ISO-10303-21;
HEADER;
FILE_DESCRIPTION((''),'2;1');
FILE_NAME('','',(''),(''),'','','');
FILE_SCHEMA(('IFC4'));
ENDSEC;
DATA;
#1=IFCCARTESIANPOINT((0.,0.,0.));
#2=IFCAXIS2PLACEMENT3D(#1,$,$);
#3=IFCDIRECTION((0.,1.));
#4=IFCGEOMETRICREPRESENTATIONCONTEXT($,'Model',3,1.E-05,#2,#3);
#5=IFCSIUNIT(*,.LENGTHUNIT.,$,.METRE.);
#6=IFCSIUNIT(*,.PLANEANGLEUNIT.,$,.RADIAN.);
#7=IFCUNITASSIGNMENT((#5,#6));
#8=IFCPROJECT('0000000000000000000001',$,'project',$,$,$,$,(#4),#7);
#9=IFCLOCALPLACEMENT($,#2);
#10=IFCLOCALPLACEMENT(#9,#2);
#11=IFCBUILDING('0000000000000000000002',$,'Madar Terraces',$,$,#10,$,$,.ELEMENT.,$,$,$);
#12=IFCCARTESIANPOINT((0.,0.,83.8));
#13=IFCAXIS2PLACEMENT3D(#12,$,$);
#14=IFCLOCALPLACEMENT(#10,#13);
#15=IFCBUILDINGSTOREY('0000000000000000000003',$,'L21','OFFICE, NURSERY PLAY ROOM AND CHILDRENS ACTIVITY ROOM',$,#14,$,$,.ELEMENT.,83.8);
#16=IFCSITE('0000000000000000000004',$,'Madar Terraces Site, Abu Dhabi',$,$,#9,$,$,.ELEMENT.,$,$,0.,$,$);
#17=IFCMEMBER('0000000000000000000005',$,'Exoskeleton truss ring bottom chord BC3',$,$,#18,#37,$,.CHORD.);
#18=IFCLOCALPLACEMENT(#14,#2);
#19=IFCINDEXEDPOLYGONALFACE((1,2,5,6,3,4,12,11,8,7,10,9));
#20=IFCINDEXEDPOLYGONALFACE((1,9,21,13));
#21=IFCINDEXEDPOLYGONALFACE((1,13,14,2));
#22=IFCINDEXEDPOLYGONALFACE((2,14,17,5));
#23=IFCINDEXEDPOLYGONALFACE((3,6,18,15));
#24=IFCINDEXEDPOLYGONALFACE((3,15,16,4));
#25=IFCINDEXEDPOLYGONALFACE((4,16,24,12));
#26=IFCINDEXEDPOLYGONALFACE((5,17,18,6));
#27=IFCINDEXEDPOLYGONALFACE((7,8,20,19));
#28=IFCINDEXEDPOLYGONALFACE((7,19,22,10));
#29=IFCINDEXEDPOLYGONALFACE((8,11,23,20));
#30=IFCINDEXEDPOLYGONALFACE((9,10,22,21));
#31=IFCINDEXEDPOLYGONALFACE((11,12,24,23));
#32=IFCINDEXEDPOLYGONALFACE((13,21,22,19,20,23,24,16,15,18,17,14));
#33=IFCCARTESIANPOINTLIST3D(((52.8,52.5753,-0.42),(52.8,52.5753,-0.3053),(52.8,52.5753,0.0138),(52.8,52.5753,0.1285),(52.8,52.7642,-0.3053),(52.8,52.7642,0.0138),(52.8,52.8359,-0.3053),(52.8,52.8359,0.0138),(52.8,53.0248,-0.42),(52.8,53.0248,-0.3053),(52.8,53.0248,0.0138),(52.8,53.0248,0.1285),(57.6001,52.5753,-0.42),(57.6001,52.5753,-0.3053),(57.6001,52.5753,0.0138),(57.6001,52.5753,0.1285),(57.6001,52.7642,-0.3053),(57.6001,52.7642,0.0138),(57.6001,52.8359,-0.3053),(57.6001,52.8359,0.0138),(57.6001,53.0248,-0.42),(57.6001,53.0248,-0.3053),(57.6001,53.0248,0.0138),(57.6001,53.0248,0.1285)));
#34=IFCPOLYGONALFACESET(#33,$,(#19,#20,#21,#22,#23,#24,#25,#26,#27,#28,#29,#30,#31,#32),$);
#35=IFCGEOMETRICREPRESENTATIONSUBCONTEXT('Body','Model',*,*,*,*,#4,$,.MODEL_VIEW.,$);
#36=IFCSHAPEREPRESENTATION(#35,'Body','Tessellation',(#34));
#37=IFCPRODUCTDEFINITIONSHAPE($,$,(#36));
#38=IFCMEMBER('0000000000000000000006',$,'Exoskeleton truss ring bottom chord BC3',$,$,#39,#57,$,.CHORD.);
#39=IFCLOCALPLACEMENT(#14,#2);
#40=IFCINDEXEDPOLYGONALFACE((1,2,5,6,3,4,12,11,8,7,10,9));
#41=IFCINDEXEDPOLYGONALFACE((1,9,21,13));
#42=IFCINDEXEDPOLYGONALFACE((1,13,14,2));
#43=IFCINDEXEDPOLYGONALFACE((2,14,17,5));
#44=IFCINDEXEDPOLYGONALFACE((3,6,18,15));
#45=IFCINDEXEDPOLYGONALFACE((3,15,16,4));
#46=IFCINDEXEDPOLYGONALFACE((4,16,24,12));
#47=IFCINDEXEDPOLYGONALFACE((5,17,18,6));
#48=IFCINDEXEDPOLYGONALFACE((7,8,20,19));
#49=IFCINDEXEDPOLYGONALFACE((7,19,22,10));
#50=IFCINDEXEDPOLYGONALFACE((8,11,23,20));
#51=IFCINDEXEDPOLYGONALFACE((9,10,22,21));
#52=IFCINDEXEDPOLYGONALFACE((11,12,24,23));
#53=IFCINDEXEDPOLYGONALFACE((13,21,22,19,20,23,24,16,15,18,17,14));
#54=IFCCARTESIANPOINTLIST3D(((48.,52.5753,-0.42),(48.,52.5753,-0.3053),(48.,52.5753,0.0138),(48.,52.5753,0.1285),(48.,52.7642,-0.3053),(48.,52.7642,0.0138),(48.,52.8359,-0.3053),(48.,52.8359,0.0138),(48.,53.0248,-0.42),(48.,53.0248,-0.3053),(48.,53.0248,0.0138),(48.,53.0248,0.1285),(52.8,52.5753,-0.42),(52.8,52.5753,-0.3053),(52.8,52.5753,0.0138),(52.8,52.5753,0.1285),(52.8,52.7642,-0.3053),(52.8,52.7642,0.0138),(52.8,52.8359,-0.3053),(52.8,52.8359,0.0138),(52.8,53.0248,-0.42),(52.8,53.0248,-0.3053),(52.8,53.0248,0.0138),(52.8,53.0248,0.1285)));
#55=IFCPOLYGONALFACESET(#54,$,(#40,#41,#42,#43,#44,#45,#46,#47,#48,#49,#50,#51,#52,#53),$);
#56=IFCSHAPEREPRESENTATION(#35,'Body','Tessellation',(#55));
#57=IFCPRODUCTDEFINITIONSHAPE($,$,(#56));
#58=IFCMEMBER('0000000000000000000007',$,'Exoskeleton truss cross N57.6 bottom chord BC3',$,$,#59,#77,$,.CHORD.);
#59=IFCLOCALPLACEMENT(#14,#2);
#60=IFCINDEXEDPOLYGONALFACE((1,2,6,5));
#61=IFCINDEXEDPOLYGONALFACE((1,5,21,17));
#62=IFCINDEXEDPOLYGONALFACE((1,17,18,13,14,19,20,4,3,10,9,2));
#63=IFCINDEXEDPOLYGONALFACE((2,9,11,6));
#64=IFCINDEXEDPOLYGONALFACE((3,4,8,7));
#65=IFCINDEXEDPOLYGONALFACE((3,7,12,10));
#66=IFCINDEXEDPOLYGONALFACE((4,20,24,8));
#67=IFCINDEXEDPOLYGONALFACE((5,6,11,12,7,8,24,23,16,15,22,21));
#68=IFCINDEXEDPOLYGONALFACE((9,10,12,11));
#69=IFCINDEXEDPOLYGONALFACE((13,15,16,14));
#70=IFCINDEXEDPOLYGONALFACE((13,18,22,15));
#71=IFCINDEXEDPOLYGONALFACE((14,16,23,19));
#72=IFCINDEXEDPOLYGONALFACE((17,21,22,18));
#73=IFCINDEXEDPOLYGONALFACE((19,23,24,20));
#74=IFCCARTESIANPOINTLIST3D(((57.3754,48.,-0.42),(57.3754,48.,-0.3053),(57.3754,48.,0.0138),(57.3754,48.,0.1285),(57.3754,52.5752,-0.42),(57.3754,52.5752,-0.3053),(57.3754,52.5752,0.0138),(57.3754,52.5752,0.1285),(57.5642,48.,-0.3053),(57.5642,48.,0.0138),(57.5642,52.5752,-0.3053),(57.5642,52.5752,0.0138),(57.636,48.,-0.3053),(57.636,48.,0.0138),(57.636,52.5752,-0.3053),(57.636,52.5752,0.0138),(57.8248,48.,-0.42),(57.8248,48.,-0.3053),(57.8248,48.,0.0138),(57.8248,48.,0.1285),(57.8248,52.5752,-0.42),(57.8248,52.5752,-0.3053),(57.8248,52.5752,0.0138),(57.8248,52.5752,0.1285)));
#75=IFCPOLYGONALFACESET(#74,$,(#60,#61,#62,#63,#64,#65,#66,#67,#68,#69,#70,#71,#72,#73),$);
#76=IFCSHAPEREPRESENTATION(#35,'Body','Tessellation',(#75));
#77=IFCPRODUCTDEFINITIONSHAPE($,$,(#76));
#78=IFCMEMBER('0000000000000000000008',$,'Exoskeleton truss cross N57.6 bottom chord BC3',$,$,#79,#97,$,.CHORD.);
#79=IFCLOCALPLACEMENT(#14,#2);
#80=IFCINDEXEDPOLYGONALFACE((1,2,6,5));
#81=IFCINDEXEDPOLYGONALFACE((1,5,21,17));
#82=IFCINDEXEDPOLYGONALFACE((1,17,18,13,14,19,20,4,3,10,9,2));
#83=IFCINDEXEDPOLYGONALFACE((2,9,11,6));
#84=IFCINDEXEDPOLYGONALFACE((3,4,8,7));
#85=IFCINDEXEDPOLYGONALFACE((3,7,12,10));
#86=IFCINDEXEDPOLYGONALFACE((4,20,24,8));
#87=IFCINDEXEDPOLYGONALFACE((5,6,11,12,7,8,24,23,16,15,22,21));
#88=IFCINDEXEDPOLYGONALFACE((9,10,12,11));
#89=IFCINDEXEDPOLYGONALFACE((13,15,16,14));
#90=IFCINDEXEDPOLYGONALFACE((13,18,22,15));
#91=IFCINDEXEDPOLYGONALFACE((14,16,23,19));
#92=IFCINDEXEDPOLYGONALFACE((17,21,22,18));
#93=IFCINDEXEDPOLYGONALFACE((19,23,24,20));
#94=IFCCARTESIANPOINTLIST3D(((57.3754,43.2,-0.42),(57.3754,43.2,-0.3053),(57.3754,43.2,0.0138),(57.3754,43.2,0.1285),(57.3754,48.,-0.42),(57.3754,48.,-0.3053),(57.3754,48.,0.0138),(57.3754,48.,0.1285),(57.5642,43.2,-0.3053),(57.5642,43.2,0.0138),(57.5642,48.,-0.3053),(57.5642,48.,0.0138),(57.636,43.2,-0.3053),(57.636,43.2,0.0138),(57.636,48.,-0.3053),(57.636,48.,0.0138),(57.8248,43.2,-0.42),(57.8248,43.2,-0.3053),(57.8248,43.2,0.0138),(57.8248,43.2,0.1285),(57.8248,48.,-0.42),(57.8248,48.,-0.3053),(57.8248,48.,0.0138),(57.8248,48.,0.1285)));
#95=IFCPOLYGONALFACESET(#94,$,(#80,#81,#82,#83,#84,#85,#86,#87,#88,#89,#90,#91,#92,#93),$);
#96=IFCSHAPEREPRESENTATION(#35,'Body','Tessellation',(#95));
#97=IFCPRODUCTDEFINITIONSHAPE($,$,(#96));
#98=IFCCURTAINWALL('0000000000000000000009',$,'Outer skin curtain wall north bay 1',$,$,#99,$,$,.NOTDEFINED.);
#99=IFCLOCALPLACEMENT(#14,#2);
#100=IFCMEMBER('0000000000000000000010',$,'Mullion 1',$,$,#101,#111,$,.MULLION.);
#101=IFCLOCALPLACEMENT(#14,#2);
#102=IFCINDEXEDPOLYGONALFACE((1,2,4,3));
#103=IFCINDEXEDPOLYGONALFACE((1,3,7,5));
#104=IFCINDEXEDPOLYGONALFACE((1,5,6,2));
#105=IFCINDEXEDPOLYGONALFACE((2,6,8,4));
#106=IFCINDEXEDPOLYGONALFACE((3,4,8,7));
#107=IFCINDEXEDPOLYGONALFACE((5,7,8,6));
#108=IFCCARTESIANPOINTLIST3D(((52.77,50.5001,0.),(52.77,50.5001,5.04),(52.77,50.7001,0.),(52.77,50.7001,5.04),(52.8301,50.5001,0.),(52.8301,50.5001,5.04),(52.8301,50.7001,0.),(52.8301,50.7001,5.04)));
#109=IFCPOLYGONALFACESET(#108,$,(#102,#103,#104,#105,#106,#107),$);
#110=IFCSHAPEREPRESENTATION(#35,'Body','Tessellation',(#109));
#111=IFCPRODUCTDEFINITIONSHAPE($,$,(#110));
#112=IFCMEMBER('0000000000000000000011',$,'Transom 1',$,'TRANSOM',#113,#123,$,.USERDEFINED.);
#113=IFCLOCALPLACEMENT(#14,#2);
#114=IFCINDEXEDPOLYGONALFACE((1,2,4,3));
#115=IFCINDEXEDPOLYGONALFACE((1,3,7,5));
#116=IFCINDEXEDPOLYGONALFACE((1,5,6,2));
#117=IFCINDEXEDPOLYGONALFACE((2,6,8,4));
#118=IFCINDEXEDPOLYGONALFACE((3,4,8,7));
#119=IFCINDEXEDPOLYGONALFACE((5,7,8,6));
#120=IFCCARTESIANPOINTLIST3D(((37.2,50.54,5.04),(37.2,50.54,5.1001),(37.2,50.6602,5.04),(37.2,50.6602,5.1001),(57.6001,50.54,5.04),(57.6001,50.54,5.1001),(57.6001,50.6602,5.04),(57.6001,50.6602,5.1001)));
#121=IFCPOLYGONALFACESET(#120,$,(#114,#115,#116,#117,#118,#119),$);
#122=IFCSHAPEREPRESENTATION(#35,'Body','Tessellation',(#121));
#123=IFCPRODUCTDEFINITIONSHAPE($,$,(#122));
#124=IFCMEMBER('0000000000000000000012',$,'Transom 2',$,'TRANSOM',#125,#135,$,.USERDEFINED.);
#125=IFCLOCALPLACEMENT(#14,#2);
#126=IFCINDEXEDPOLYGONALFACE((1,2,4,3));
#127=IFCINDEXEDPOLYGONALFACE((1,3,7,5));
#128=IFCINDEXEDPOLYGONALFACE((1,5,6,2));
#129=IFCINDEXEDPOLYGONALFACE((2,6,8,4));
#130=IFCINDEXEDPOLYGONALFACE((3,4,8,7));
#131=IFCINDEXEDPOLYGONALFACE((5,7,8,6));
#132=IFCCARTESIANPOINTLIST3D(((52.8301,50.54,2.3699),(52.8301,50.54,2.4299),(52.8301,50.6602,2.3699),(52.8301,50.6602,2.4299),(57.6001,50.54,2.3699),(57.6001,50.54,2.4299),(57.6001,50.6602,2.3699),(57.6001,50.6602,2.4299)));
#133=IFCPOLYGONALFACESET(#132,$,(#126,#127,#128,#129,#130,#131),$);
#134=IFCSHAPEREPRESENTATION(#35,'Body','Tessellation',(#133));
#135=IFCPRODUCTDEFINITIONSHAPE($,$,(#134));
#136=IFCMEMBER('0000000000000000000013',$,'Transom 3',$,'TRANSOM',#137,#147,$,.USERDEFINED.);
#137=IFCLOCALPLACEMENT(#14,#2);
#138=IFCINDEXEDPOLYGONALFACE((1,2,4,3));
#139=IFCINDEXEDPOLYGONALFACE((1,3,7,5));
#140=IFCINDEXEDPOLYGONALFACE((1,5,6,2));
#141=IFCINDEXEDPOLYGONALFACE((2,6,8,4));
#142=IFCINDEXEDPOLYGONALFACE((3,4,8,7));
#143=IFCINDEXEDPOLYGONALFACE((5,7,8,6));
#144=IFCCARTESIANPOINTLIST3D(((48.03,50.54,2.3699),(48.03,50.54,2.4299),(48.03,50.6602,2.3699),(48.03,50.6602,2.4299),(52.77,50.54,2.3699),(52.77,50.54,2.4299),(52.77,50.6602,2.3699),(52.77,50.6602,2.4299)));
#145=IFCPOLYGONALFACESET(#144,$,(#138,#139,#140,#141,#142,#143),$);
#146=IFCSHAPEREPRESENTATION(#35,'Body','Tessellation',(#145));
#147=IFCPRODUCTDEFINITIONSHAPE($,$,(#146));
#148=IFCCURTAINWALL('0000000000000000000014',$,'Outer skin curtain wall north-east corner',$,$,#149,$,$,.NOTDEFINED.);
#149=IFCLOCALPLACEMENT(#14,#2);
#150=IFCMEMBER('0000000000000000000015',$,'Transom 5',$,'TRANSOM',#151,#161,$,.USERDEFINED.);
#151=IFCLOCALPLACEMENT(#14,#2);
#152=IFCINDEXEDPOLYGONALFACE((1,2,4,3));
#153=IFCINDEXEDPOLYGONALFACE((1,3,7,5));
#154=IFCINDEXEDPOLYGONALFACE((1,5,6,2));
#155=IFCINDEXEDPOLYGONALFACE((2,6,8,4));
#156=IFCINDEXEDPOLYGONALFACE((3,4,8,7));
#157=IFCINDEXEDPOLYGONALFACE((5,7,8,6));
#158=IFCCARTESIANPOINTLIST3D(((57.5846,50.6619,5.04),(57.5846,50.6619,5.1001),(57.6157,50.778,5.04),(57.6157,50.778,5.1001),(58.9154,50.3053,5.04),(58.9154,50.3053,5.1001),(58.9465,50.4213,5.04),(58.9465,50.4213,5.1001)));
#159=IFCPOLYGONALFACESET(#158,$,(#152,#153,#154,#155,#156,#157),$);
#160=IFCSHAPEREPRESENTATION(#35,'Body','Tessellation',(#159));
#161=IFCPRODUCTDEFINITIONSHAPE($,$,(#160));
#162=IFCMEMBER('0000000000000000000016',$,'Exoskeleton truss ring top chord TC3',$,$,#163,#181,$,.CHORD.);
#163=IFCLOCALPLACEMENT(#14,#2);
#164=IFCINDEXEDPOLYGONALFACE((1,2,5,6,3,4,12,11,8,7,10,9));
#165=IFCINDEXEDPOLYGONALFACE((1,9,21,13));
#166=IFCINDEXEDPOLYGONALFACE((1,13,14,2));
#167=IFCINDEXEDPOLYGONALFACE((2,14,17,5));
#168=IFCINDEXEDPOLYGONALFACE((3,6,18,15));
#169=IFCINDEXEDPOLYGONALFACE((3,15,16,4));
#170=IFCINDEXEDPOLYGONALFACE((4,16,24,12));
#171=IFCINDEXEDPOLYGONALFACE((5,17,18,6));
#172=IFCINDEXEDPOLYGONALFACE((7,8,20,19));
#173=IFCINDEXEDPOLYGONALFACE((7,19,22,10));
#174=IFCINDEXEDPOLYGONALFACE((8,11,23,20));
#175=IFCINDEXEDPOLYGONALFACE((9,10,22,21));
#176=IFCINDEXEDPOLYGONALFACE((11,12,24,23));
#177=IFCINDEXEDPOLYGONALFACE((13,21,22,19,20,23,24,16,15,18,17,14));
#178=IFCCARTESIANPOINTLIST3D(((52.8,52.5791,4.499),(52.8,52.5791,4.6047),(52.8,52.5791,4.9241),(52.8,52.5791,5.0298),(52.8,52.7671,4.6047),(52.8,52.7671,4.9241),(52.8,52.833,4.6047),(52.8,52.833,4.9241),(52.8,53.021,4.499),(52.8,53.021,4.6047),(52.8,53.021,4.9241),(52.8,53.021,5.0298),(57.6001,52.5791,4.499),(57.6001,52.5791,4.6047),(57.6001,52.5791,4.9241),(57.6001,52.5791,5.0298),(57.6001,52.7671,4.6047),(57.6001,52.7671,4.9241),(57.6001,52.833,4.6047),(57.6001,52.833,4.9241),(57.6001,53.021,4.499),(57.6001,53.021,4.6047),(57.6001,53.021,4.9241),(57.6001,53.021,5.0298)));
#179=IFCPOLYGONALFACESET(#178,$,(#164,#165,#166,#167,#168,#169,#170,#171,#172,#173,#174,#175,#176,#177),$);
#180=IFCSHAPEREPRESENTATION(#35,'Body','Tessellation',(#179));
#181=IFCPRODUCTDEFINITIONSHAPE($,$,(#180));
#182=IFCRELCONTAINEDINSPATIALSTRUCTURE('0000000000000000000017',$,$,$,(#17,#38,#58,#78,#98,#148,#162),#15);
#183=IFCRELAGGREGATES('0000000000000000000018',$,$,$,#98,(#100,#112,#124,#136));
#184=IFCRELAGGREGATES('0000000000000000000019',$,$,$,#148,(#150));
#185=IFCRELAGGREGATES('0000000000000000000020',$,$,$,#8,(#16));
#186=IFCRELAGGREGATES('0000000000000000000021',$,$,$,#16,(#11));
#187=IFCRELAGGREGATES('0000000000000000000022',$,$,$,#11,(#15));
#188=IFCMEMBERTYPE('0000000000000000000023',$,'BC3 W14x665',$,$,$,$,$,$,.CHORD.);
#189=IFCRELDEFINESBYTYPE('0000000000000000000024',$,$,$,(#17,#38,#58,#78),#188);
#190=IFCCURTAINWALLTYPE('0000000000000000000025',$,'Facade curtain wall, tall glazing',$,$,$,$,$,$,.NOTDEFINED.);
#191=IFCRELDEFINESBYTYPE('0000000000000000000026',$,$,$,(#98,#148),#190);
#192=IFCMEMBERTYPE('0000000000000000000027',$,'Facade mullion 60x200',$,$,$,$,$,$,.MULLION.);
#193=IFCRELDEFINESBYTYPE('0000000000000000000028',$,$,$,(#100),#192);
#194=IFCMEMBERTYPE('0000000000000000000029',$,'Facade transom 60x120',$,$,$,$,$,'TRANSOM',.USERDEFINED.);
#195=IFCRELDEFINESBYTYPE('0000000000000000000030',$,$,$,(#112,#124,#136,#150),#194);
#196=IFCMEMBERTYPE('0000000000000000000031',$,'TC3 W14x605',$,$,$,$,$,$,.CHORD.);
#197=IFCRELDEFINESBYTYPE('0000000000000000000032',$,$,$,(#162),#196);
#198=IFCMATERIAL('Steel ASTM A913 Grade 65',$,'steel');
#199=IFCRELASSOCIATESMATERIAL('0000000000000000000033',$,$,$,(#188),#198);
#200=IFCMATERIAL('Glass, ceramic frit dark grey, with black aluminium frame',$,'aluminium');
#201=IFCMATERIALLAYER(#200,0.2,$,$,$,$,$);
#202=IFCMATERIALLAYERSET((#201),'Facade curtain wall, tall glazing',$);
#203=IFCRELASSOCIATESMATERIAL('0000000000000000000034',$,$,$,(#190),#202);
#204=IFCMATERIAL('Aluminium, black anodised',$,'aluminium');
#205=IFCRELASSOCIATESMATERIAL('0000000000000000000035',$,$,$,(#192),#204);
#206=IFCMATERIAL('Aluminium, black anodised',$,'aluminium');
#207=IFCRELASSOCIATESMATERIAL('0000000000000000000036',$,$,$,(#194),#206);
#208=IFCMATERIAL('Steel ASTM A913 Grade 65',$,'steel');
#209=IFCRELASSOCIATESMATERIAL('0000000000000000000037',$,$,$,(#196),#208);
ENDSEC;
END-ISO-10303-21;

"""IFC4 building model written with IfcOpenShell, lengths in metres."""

from ifc_helpers import new_model, si_unit, direction, frame, origin, origin_2d, place, context, subcontext, project, spatial, rectangle, i_section, extrude, material, layer, layer_set, material_profile, profile_set, type_object, element, aggregate, save


model = new_model("IFC4")

# Units and contexts
model_context = context("Model", 3, precision=1e-05, world=origin(), true_north=direction((0.0, 1.0)))
body_context = subcontext(model_context, "Body", "Model", "MODEL_VIEW")
ifc_project = project(units=[si_unit("LENGTHUNIT", "METRE"), si_unit("PLANEANGLEUNIT", "RADIAN")], contexts=[model_context])

# Site, building, storey
site_placement = place(None, origin())
site = spatial("IfcSite", under=ifc_project, at=site_placement, Name="Madar Terraces Site, Abu Dhabi", CompositionType="ELEMENT", RefElevation=0.0)
building_placement = place(site_placement, origin())
building = spatial("IfcBuilding", under=site, at=building_placement, Name="Madar Terraces", CompositionType="ELEMENT")
storey_placement = place(building_placement, frame((0.0, 0.0, 83.8)))
storey = spatial("IfcBuildingStorey", under=building, at=storey_placement, Name="L21", Description="OFFICE, NURSERY PLAY ROOM AND CHILDRENS ACTIVITY ROOM", CompositionType="ELEMENT", Elevation=83.8)

# Members
ifc_material_1 = material(Name="Steel ASTM A913 Grade 65", Category="steel")
ifc_material_profile_1 = material_profile(ifc_material_1, i_section(OverallWidth=0.4495, OverallDepth=0.5486, WebThickness=0.0718, FlangeThickness=0.1147, at=origin_2d()), Name="W14x665")
ifc_profile_set_1 = profile_set([ifc_material_profile_1], Name="Steel ASTM A913 Grade 65")
member_type_1 = type_object("IfcMemberType", Name="BC3 W14x665", PredefinedType="CHORD", material=ifc_profile_set_1)
for number, where, z_axis, x_axis, name in (
    (1, (57.6001, 52.8, -0.1458), (-1.0, 0.0, 0.0), (0.0, -1.0, 0.0), "Exoskeleton truss ring bottom chord BC3"),
    (2, (52.8, 52.8, -0.1458), (-1.0, 0.0, 0.0), (0.0, -1.0, 0.0), "Exoskeleton truss ring bottom chord BC3"),
):
    element("IfcMember", number, at=place(storey_placement, frame(where, z_axis=z_axis, x_axis=x_axis)), inside=storey, type_object=member_type_1, Name=name, PredefinedType="CHORD", context=body_context, shape_type="SweptSolid", body=[
        extrude(i_section(OverallWidth=0.4495, OverallDepth=0.5486, WebThickness=0.0718, FlangeThickness=0.1147, at=origin_2d()), origin(), (0.0, 0.0, 1.0), 4.8),
    ])
member_1_placement = place(storey_placement, frame((57.6001, 52.5752, -0.1458), z_axis=(0.0, -1.0, 0.0), x_axis=(1.0, 0.0, 0.0)))
element("IfcMember", 3, at=member_1_placement, inside=storey, type_object=member_type_1, Name="Exoskeleton truss cross N57.6 bottom chord BC3", PredefinedType="CHORD", context=body_context, shape_type="SweptSolid", body=[
    extrude(i_section(OverallWidth=0.4495, OverallDepth=0.5486, WebThickness=0.0718, FlangeThickness=0.1147, at=origin_2d()), origin(), (0.0, 0.0, 1.0), 4.5752),
])
member_2_placement = place(storey_placement, frame((57.6001, 48.0, -0.1458), z_axis=(0.0, -1.0, 0.0), x_axis=(1.0, 0.0, 0.0)))
element("IfcMember", 4, at=member_2_placement, inside=storey, type_object=member_type_1, Name="Exoskeleton truss cross N57.6 bottom chord BC3", PredefinedType="CHORD", context=body_context, shape_type="SweptSolid", body=[
    extrude(i_section(OverallWidth=0.4495, OverallDepth=0.5486, WebThickness=0.0718, FlangeThickness=0.1147, at=origin_2d()), origin(), (0.0, 0.0, 1.0), 4.8),
])

# Curtain wall, members
ifc_material_2 = material(Name="Glass, ceramic frit dark grey, with black aluminium frame", Category="aluminium")
ifc_layer_1 = layer(ifc_material_2, 0.2)
ifc_layer_set_1 = layer_set([ifc_layer_1], Name="Facade curtain wall, tall glazing")
curtain_wall_type = type_object("IfcCurtainWallType", Name="Facade curtain wall, tall glazing", PredefinedType="NOTDEFINED", material=ifc_layer_set_1)
curtain_wall_1_placement = place(storey_placement, origin())
curtain_wall_1 = element("IfcCurtainWall", 5, at=curtain_wall_1_placement, inside=storey, type_object=curtain_wall_type, Name="Outer skin curtain wall north bay 1", PredefinedType="NOTDEFINED")
ifc_material_3 = material(Name="Aluminium, black anodised", Category="aluminium")
ifc_material_profile_2 = material_profile(ifc_material_3, rectangle(XDim=0.2, YDim=0.0601, at=origin_2d()), Name="Facade mullion 60x200")
ifc_profile_set_2 = profile_set([ifc_material_profile_2], Name="Aluminium, black anodised")
member_type_2 = type_object("IfcMemberType", Name="Facade mullion 60x200", PredefinedType="MULLION", material=ifc_profile_set_2)
member_3_placement = place(storey_placement, frame((52.8, 50.6001, 0.0), z_axis=(0.0, 0.0, 1.0), x_axis=(0.0, -1.0, 0.0)))
member_3 = element("IfcMember", 6, at=member_3_placement, type_object=member_type_2, Name="Mullion 1", PredefinedType="MULLION", context=body_context, shape_type="SweptSolid", body=[
    extrude(rectangle(XDim=0.2, YDim=0.0601, at=origin_2d()), origin(), (0.0, 0.0, 1.0), 5.04),
])
ifc_material_4 = material(Name="Aluminium, black anodised", Category="aluminium")
ifc_material_profile_3 = material_profile(ifc_material_4, rectangle(XDim=0.1201, YDim=0.0601, at=origin_2d()), Name="Facade transom 60x120")
ifc_profile_set_3 = profile_set([ifc_material_profile_3], Name="Aluminium, black anodised")
member_type_3 = type_object("IfcMemberType", Name="Facade transom 60x120", ElementType="TRANSOM", PredefinedType="USERDEFINED", material=ifc_profile_set_3)
member_4_placement = place(storey_placement, frame((57.6001, 50.6001, 5.0701), z_axis=(-1.0, 0.0, 0.0), x_axis=(0.0, -1.0, 0.0)))
member_4 = element("IfcMember", 7, at=member_4_placement, type_object=member_type_3, Name="Transom 1", ObjectType="TRANSOM", PredefinedType="USERDEFINED", context=body_context, shape_type="SweptSolid", body=[
    extrude(rectangle(XDim=0.1201, YDim=0.0601, at=origin_2d()), origin(), (0.0, 0.0, 1.0), 20.4001),
])
member_5_placement = place(storey_placement, frame((57.6001, 50.6001, 2.3999), z_axis=(-1.0, 0.0, 0.0), x_axis=(0.0, -1.0, 0.0)))
member_5 = element("IfcMember", 8, at=member_5_placement, type_object=member_type_3, Name="Transom 2", ObjectType="TRANSOM", PredefinedType="USERDEFINED", context=body_context, shape_type="SweptSolid", body=[
    extrude(rectangle(XDim=0.1201, YDim=0.0601, at=origin_2d()), origin(), (0.0, 0.0, 1.0), 4.77),
])
member_6_placement = place(storey_placement, frame((52.77, 50.6001, 2.3999), z_axis=(-1.0, 0.0, 0.0), x_axis=(0.0, -1.0, 0.0)))
member_6 = element("IfcMember", 9, at=member_6_placement, type_object=member_type_3, Name="Transom 3", ObjectType="TRANSOM", PredefinedType="USERDEFINED", context=body_context, shape_type="SweptSolid", body=[
    extrude(rectangle(XDim=0.1201, YDim=0.0601, at=origin_2d()), origin(), (0.0, 0.0, 1.0), 4.74),
])

# Curtain wall, member
curtain_wall_2_placement = place(storey_placement, origin())
curtain_wall_2 = element("IfcCurtainWall", 10, at=curtain_wall_2_placement, inside=storey, type_object=curtain_wall_type, Name="Outer skin curtain wall north-east corner", PredefinedType="NOTDEFINED")
member_7_placement = place(storey_placement, frame((58.9309, 50.3633, 5.0701), z_axis=(-0.965908, 0.258887, 0.0), x_axis=(-0.258887, -0.965908, 0.0)))
member_7 = element("IfcMember", 11, at=member_7_placement, type_object=member_type_3, Name="Transom 5", ObjectType="TRANSOM", PredefinedType="USERDEFINED", context=body_context, shape_type="SweptSolid", body=[
    extrude(rectangle(XDim=0.1201, YDim=0.0601, at=origin_2d()), origin(), (0.0, 0.0, 1.0), 1.3777),
])

# Member
ifc_material_5 = material(Name="Steel ASTM A913 Grade 65", Category="steel")
ifc_material_profile_4 = material_profile(ifc_material_5, i_section(OverallWidth=0.4419, OverallDepth=0.5308, WebThickness=0.0659, FlangeThickness=0.1057, at=origin_2d()), Name="W14x605")
ifc_profile_set_4 = profile_set([ifc_material_profile_4], Name="Steel ASTM A913 Grade 65")
member_type_4 = type_object("IfcMemberType", Name="TC3 W14x605", PredefinedType="CHORD", material=ifc_profile_set_4)
for number, where, z_axis, x_axis, name in (
    (12, (57.6001, 52.8, 4.7644), (-1.0, 0.0, 0.0), (0.0, -1.0, 0.0), "Exoskeleton truss ring top chord TC3"),
):
    element("IfcMember", number, at=place(storey_placement, frame(where, z_axis=z_axis, x_axis=x_axis)), inside=storey, type_object=member_type_4, Name=name, PredefinedType="CHORD", context=body_context, shape_type="SweptSolid", body=[
        extrude(i_section(OverallWidth=0.4419, OverallDepth=0.5308, WebThickness=0.0659, FlangeThickness=0.1057, at=origin_2d()), origin(), (0.0, 0.0, 1.0), 4.8),
    ])

aggregate(curtain_wall_1, [member_3, member_4, member_5, member_6])
aggregate(curtain_wall_2, [member_7])

save(model, "model.ifc")
